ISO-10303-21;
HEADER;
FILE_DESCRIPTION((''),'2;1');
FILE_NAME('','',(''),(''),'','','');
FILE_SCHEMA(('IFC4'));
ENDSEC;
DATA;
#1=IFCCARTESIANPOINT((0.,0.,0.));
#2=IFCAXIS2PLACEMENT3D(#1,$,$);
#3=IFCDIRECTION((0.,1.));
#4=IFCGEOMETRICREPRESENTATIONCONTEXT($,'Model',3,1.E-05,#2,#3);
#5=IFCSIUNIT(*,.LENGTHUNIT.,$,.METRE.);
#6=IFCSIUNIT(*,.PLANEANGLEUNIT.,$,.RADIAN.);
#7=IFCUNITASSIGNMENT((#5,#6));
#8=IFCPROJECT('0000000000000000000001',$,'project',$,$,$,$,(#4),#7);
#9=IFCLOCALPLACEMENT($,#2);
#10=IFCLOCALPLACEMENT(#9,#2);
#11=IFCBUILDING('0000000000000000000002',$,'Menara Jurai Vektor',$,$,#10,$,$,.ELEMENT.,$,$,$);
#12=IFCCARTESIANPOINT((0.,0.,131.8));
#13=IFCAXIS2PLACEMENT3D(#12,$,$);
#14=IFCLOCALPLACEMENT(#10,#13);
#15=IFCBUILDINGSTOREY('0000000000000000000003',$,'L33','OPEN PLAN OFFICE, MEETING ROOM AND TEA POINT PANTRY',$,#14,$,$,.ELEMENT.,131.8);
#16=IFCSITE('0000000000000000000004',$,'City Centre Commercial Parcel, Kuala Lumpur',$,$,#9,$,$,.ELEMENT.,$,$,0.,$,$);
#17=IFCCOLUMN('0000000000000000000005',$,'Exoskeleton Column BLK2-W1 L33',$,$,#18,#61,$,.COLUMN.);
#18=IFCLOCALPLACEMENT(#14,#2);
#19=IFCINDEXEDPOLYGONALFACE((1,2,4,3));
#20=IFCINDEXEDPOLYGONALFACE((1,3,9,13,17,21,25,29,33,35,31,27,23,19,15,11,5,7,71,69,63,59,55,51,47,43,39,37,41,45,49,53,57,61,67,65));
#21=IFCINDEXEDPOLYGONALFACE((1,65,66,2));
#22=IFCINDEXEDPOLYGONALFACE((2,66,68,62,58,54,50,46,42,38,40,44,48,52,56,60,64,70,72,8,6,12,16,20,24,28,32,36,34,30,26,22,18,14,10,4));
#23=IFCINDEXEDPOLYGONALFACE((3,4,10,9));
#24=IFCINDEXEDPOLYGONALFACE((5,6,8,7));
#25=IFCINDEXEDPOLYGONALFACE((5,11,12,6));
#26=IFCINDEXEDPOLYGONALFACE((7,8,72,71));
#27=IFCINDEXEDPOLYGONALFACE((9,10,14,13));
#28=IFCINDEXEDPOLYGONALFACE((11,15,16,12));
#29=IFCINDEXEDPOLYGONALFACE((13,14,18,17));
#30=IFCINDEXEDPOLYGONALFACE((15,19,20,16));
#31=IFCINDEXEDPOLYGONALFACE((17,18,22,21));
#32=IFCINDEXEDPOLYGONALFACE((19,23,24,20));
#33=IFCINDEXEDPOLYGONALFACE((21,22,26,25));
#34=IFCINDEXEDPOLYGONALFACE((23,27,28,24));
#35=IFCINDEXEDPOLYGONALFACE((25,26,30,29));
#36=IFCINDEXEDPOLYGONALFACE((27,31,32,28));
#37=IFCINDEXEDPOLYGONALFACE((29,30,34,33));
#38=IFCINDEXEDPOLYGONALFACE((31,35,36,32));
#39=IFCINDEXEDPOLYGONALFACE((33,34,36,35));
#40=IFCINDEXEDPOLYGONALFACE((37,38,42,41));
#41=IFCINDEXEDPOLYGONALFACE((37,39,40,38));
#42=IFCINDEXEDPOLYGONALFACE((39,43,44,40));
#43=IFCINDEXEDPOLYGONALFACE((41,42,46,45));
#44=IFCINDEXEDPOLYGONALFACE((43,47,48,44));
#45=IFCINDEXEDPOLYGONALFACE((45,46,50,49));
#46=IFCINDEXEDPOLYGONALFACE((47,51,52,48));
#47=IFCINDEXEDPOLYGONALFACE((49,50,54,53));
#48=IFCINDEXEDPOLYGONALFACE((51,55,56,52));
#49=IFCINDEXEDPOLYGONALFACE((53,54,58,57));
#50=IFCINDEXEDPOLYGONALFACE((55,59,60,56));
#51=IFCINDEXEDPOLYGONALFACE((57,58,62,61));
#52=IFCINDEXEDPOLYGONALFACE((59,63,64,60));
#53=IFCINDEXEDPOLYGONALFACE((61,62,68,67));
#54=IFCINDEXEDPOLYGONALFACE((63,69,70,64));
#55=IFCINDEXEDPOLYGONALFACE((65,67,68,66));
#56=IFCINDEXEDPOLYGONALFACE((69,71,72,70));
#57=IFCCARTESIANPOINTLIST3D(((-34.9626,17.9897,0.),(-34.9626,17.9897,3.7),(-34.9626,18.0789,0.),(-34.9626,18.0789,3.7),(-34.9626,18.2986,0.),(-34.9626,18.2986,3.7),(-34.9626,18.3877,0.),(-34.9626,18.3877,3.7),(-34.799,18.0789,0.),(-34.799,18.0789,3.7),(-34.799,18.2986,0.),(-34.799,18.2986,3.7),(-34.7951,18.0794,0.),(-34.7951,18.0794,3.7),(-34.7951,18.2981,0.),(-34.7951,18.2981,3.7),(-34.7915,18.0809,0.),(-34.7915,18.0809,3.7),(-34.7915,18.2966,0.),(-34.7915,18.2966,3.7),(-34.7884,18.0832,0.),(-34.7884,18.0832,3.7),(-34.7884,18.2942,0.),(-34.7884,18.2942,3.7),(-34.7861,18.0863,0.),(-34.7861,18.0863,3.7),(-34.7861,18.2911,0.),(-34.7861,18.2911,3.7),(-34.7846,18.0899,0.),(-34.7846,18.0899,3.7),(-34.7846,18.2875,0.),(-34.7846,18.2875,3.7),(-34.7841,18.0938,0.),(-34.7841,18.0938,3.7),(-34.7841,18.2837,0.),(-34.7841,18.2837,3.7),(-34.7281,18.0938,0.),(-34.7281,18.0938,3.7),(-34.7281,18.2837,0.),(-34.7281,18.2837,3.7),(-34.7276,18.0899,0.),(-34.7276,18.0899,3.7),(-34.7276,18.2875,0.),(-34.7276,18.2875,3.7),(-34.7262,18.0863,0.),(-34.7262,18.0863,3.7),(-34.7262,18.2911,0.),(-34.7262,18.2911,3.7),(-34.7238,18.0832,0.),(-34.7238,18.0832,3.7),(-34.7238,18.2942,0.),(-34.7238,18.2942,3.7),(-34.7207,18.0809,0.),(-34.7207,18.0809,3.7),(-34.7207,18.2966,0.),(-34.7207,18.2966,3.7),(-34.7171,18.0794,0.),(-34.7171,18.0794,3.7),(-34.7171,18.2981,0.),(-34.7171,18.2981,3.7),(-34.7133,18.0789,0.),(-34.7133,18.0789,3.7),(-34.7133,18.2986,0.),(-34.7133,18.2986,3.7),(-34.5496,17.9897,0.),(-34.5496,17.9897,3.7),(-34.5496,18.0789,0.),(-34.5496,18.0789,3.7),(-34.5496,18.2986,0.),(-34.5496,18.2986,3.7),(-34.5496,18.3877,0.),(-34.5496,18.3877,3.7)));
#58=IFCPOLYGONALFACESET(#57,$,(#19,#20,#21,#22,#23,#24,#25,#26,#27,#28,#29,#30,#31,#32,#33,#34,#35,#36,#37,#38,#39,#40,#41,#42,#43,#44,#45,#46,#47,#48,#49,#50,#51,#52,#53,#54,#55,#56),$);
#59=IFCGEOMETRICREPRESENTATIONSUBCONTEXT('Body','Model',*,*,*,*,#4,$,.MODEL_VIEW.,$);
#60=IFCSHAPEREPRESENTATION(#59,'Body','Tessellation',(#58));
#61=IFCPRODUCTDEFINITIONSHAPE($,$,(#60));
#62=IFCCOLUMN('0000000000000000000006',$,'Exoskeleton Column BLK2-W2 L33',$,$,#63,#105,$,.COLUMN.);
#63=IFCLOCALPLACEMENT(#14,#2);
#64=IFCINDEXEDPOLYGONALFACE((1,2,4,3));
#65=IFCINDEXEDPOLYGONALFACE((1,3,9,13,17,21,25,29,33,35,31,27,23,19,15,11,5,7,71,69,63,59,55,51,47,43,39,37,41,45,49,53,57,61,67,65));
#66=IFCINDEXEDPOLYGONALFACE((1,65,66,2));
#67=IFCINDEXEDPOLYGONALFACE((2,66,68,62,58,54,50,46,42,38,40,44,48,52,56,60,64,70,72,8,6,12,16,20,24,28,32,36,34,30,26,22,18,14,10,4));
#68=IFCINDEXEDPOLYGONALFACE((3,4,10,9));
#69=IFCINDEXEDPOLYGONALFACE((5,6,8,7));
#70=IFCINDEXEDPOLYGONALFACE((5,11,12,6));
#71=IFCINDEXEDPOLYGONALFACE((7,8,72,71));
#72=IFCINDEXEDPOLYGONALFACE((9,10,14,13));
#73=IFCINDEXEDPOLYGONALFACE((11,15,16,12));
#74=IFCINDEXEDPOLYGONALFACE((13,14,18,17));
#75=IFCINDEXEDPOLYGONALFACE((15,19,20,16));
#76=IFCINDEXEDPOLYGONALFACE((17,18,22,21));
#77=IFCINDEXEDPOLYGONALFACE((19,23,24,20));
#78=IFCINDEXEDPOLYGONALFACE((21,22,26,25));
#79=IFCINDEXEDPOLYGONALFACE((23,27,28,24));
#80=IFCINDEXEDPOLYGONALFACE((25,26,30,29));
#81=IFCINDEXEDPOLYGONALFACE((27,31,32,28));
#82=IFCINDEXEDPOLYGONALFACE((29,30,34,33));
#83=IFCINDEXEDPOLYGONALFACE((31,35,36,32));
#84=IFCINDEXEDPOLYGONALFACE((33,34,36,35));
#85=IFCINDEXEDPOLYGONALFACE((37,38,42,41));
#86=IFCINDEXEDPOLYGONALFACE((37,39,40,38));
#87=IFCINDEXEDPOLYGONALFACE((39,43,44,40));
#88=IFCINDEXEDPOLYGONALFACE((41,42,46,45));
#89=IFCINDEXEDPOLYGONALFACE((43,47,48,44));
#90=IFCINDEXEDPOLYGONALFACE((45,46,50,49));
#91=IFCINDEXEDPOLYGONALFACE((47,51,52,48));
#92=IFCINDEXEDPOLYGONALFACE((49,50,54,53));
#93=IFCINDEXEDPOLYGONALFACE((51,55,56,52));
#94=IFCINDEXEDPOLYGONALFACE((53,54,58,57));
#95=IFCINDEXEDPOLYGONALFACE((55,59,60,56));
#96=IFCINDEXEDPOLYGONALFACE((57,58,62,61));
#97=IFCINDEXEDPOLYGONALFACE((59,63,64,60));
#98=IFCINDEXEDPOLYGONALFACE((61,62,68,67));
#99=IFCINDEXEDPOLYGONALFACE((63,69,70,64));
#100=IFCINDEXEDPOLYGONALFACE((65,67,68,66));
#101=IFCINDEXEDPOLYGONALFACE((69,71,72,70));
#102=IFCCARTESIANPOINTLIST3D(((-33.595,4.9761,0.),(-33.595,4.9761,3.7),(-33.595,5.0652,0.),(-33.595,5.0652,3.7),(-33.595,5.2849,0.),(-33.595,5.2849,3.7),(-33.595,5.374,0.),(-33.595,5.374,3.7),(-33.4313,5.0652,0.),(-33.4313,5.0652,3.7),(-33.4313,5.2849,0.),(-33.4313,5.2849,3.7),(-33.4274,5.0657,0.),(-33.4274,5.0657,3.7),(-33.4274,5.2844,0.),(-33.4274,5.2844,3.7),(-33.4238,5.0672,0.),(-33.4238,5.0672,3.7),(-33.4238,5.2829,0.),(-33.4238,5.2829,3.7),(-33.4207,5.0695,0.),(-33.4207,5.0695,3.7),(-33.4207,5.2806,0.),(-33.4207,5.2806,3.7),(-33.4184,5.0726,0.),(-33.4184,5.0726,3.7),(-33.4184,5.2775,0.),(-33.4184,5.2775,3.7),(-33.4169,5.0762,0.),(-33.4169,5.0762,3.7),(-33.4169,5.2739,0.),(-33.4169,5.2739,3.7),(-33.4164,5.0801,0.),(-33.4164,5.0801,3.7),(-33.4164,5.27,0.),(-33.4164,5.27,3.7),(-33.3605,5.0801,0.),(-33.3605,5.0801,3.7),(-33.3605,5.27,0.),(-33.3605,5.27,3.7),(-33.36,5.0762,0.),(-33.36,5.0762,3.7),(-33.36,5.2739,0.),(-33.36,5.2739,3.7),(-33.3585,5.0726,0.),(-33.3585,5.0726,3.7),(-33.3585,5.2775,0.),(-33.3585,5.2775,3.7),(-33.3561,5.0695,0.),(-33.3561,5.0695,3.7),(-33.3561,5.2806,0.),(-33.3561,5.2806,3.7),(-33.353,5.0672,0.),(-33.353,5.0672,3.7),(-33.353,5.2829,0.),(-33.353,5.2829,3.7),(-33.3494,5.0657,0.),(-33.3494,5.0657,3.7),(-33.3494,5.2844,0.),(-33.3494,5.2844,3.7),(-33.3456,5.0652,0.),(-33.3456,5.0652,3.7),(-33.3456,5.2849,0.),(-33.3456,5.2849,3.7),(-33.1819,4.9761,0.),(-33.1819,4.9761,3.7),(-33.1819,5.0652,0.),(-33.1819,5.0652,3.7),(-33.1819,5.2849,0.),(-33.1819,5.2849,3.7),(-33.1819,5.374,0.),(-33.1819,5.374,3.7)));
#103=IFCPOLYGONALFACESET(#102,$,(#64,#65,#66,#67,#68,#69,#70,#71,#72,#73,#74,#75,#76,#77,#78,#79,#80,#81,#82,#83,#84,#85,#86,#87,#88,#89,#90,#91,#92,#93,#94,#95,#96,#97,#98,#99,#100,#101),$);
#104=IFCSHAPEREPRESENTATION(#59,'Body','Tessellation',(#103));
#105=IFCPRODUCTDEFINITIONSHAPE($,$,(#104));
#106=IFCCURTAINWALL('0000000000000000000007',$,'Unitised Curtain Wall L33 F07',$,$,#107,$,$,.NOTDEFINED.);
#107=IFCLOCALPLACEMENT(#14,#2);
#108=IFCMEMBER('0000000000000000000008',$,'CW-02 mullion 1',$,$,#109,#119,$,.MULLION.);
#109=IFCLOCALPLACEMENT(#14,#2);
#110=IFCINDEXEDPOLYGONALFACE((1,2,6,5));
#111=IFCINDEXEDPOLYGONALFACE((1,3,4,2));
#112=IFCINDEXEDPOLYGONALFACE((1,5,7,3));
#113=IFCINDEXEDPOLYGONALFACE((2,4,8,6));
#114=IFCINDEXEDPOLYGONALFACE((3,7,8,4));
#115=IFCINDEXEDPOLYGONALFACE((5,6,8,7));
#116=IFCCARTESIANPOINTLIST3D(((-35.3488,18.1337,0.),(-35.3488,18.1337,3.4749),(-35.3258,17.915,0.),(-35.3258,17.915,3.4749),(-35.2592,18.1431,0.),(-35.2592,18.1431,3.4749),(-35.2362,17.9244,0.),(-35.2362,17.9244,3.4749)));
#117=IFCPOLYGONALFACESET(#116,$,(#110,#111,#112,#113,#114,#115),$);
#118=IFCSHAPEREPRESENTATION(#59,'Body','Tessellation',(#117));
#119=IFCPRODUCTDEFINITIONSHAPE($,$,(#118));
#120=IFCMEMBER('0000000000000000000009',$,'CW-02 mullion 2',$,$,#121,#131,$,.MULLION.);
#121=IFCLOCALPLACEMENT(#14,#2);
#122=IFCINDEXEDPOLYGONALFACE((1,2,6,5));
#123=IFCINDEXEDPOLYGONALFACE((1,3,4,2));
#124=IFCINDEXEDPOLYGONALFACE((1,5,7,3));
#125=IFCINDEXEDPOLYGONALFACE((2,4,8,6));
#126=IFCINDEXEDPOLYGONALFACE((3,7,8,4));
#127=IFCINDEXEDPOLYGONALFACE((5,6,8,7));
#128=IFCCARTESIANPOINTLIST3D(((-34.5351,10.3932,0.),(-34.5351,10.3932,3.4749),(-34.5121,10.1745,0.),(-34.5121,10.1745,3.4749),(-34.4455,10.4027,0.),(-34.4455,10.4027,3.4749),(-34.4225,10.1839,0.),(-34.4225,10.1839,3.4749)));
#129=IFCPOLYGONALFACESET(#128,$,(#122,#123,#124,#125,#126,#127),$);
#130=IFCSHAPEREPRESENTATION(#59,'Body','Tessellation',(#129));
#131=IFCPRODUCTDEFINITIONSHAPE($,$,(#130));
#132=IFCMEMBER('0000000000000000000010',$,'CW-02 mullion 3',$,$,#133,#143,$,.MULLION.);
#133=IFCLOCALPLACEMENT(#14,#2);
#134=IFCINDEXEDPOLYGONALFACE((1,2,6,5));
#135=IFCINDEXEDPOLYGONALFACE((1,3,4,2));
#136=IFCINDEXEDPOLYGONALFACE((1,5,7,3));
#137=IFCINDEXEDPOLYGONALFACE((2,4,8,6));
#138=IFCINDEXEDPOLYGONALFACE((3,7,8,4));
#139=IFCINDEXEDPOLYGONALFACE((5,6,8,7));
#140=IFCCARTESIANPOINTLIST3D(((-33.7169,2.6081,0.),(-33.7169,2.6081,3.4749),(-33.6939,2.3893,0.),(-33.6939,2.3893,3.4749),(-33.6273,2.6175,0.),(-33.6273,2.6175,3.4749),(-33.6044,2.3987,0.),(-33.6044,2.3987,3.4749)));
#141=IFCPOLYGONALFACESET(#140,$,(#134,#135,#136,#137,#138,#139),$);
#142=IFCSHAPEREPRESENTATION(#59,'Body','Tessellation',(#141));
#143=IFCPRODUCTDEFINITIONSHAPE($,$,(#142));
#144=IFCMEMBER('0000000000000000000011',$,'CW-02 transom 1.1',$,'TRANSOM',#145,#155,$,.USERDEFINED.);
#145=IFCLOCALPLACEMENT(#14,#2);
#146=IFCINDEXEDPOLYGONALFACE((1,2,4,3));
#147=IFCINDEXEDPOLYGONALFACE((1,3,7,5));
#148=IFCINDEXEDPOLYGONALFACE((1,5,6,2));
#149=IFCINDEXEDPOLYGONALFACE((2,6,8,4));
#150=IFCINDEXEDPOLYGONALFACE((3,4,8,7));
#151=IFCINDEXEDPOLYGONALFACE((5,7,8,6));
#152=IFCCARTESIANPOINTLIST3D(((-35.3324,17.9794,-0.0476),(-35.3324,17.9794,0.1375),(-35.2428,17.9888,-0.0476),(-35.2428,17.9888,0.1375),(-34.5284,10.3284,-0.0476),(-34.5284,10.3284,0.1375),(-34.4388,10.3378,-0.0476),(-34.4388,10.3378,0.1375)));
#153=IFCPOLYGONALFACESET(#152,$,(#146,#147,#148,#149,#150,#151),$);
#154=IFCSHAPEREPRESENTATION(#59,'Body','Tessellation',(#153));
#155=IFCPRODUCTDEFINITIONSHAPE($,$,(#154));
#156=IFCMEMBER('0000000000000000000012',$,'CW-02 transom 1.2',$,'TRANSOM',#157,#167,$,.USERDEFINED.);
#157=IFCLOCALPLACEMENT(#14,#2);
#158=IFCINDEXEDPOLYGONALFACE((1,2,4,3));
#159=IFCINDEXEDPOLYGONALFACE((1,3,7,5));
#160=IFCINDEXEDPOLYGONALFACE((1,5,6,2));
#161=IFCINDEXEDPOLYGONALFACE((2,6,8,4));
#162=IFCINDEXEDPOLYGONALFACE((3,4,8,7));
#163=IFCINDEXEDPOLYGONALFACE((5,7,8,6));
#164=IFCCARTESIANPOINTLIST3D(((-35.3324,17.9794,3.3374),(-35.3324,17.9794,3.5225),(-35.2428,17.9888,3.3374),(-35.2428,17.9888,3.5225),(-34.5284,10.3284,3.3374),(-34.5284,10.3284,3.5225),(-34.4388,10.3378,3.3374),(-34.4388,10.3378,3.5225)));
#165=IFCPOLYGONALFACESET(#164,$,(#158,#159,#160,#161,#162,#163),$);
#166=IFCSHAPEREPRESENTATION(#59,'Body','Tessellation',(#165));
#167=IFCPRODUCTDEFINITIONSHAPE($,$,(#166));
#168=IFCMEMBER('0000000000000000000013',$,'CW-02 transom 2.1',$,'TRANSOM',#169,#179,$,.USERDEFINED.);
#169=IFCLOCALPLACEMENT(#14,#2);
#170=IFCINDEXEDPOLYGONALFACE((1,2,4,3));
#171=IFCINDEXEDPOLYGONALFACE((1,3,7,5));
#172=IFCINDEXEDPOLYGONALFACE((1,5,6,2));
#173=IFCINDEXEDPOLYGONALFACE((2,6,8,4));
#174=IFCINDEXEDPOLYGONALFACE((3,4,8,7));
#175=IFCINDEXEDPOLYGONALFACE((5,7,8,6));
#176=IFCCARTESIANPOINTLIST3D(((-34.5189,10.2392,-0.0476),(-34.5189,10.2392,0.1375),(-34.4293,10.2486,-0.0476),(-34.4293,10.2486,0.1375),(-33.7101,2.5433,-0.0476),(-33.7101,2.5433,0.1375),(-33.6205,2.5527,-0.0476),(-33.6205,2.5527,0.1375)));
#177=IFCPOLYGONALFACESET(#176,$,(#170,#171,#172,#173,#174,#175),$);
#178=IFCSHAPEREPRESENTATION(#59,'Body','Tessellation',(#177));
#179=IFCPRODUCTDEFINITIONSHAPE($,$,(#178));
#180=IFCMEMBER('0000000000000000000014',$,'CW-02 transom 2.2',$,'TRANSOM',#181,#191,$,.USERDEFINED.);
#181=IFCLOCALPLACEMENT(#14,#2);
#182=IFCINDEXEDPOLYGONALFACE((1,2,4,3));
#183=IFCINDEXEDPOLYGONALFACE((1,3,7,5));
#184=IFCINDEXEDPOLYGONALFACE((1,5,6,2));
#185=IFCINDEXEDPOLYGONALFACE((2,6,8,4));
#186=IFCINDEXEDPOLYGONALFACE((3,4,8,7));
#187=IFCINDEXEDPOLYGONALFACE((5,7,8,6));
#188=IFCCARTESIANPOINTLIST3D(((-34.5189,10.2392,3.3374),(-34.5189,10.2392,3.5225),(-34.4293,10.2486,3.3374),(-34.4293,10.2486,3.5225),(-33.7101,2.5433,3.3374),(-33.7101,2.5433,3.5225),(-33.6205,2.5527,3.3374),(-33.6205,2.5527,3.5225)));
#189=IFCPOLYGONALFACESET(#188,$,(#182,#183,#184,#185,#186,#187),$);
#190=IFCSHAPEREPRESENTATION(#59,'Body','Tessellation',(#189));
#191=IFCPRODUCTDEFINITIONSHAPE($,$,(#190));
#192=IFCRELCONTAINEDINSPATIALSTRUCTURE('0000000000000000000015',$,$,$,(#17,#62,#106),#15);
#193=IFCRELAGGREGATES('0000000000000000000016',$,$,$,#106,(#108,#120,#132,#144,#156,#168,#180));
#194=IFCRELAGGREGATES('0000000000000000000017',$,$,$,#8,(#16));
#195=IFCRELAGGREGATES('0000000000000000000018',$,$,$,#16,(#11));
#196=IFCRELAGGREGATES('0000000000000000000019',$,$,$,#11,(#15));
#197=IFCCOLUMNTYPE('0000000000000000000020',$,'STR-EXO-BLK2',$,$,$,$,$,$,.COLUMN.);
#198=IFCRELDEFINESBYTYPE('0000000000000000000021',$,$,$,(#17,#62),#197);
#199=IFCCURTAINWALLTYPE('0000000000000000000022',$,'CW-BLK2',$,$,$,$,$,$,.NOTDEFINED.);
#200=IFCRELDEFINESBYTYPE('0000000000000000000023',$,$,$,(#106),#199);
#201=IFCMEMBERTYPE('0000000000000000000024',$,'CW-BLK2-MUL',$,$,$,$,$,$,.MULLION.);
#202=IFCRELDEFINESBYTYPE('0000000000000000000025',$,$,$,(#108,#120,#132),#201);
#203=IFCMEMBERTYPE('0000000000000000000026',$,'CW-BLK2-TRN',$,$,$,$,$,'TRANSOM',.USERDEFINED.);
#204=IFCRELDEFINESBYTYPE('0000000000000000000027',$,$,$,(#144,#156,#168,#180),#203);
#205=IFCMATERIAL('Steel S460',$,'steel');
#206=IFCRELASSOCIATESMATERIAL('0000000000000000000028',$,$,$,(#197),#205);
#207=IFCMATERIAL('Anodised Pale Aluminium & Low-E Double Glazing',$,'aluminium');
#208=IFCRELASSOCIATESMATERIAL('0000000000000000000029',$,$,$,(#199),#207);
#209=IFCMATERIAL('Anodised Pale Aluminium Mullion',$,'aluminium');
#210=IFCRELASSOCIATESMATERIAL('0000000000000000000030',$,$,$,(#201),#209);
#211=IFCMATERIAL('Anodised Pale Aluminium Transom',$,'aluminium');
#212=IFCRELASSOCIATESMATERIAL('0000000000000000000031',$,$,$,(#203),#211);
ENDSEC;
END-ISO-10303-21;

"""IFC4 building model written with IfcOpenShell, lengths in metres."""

from ifc_helpers import new_model, si_unit, direction, frame, origin, origin_2d, place, context, subcontext, project, spatial, rectangle, i_section, extrude, material, material_profile, profile_set, type_object, element, aggregate, save


model = new_model("IFC4")

# Units and contexts
model_context = context("Model", 3, precision=1e-05, world=origin(), true_north=direction((0.0, 1.0)))
body_context = subcontext(model_context, "Body", "Model", "MODEL_VIEW")
ifc_project = project(units=[si_unit("LENGTHUNIT", "METRE"), si_unit("PLANEANGLEUNIT", "RADIAN")], contexts=[model_context])

# Site, building, storey
site_placement = place(None, origin())
site = spatial("IfcSite", under=ifc_project, at=site_placement, Name="City Centre Commercial Parcel, Kuala Lumpur", CompositionType="ELEMENT", RefElevation=0.0)
building_placement = place(site_placement, origin())
building = spatial("IfcBuilding", under=site, at=building_placement, Name="Menara Jurai Vektor", CompositionType="ELEMENT")
storey_placement = place(building_placement, frame((0.0, 0.0, 131.8)))
storey = spatial("IfcBuildingStorey", under=building, at=storey_placement, Name="L33", Description="OPEN PLAN OFFICE, MEETING ROOM AND TEA POINT PANTRY", CompositionType="ELEMENT", Elevation=131.8)

# Columns
ifc_material_1 = material(Name="Steel S460", Category="steel")
ifc_material_profile_1 = material_profile(ifc_material_1, i_section(OverallWidth=0.4131, OverallDepth=0.3979, WebThickness=0.0559, FlangeThickness=0.0891, FilletRadius=0.0149, at=origin_2d()), Name="HD 400x744")
ifc_profile_set_1 = profile_set([ifc_material_profile_1], Name="Steel S460")
column_type = type_object("IfcColumnType", Name="STR-EXO-BLK2", PredefinedType="COLUMN", material=ifc_profile_set_1)
for number, where, z_axis, x_axis, name in (
    (1, (-34.7561, 18.1887, 0.0), (0.0, 0.0, 1.0), (1.0, 0.0, 0.0), "Exoskeleton Column BLK2-W1 L33"),
    (2, (-33.3884, 5.175, 0.0), (0.0, 0.0, 1.0), (1.0, 0.0, 0.0), "Exoskeleton Column BLK2-W2 L33"),
):
    element("IfcColumn", number, at=place(storey_placement, frame(where, z_axis=z_axis, x_axis=x_axis)), inside=storey, type_object=column_type, Name=name, PredefinedType="COLUMN", context=body_context, shape_type="SweptSolid", body=[
        extrude(i_section(OverallWidth=0.4131, OverallDepth=0.3979, WebThickness=0.0559, FlangeThickness=0.0891, FilletRadius=0.0149, at=origin_2d()), origin(), (0.0, 0.0, 1.0), 3.7),
    ])

# Curtain wall, members
ifc_material_2 = material(Name="Anodised Pale Aluminium & Low-E Double Glazing", Category="aluminium")
curtain_wall_type = type_object("IfcCurtainWallType", Name="CW-BLK2", PredefinedType="NOTDEFINED", material=ifc_material_2)
curtain_wall_placement = place(storey_placement, origin())
curtain_wall = element("IfcCurtainWall", 3, at=curtain_wall_placement, inside=storey, type_object=curtain_wall_type, Name="Unitised Curtain Wall L33 F07", PredefinedType="NOTDEFINED")
ifc_material_3 = material(Name="Anodised Pale Aluminium Mullion", Category="aluminium")
ifc_material_profile_2 = material_profile(ifc_material_3, rectangle(XDim=0.0901, YDim=0.22, at=origin_2d()), Name="ALU MUL 90x220")
ifc_profile_set_2 = profile_set([ifc_material_profile_2], Name="Anodised Pale Aluminium Mullion")
member_type_1 = type_object("IfcMemberType", Name="CW-BLK2-MUL", PredefinedType="MULLION", material=ifc_profile_set_2)
member_1_placement = place(storey_placement, frame((-35.2925, 18.0291, 0.0), z_axis=(0.0, 0.0, 1.0), x_axis=(0.994522, 0.10453, 0.0)))
member_1 = element("IfcMember", 4, at=member_1_placement, type_object=member_type_1, Name="CW-02 mullion 1", PredefinedType="MULLION", context=body_context, shape_type="SweptSolid", body=[
    extrude(rectangle(XDim=0.0901, YDim=0.22, at=origin_2d()), origin(), (0.0, 0.0, 1.0), 3.4749),
])
member_2_placement = place(storey_placement, frame((-34.4788, 10.2886, 0.0), z_axis=(0.0, 0.0, 1.0), x_axis=(0.994522, 0.10453, 0.0)))
member_2 = element("IfcMember", 5, at=member_2_placement, type_object=member_type_1, Name="CW-02 mullion 2", PredefinedType="MULLION", context=body_context, shape_type="SweptSolid", body=[
    extrude(rectangle(XDim=0.0901, YDim=0.22, at=origin_2d()), origin(), (0.0, 0.0, 1.0), 3.4749),
])
member_3_placement = place(storey_placement, frame((-33.6606, 2.5034, 0.0), z_axis=(0.0, 0.0, 1.0), x_axis=(0.994522, 0.10453, 0.0)))
member_3 = element("IfcMember", 6, at=member_3_placement, type_object=member_type_1, Name="CW-02 mullion 3", PredefinedType="MULLION", context=body_context, shape_type="SweptSolid", body=[
    extrude(rectangle(XDim=0.0901, YDim=0.22, at=origin_2d()), origin(), (0.0, 0.0, 1.0), 3.4749),
])
ifc_material_4 = material(Name="Anodised Pale Aluminium Transom", Category="aluminium")
ifc_material_profile_3 = material_profile(ifc_material_4, rectangle(XDim=0.0901, YDim=0.1851, at=origin_2d()), Name="ALU TRN 90x185")
ifc_profile_set_3 = profile_set([ifc_material_profile_3], Name="Anodised Pale Aluminium Transom")
member_type_2 = type_object("IfcMemberType", Name="CW-BLK2-TRN", ElementType="TRANSOM", PredefinedType="USERDEFINED", material=ifc_profile_set_3)
member_4_placement = place(storey_placement, frame((-35.2876, 17.9841, 0.0449), z_axis=(0.104505, -0.994524, 0.0), x_axis=(0.994524, 0.104505, 0.0)))
member_4 = element("IfcMember", 7, at=member_4_placement, type_object=member_type_2, Name="CW-02 transom 1.1", ObjectType="TRANSOM", PredefinedType="USERDEFINED", context=body_context, shape_type="SweptSolid", body=[
    extrude(rectangle(XDim=0.0901, YDim=0.1851, at=origin_2d()), origin(), (0.0, 0.0, 1.0), 7.6931),
])
member_5_placement = place(storey_placement, frame((-35.2876, 17.9841, 3.4299), z_axis=(0.104505, -0.994524, 0.0), x_axis=(0.994524, 0.104505, 0.0)))
member_5 = element("IfcMember", 8, at=member_5_placement, type_object=member_type_2, Name="CW-02 transom 1.2", ObjectType="TRANSOM", PredefinedType="USERDEFINED", context=body_context, shape_type="SweptSolid", body=[
    extrude(rectangle(XDim=0.0901, YDim=0.1851, at=origin_2d()), origin(), (0.0, 0.0, 1.0), 7.6931),
])
member_6_placement = place(storey_placement, frame((-34.4741, 10.2439, 0.0449), z_axis=(0.104525, -0.994522, 0.0), x_axis=(0.994522, 0.104525, 0.0)))
member_6 = element("IfcMember", 9, at=member_6_placement, type_object=member_type_2, Name="CW-02 transom 2.1", ObjectType="TRANSOM", PredefinedType="USERDEFINED", context=body_context, shape_type="SweptSolid", body=[
    extrude(rectangle(XDim=0.0901, YDim=0.1851, at=origin_2d()), origin(), (0.0, 0.0, 1.0), 7.7383),
])
member_7_placement = place(storey_placement, frame((-34.4741, 10.2439, 3.4299), z_axis=(0.104525, -0.994522, 0.0), x_axis=(0.994522, 0.104525, 0.0)))
member_7 = element("IfcMember", 10, at=member_7_placement, type_object=member_type_2, Name="CW-02 transom 2.2", ObjectType="TRANSOM", PredefinedType="USERDEFINED", context=body_context, shape_type="SweptSolid", body=[
    extrude(rectangle(XDim=0.0901, YDim=0.1851, at=origin_2d()), origin(), (0.0, 0.0, 1.0), 7.7383),
])

aggregate(curtain_wall, [member_1, member_2, member_3, member_4, member_5, member_6, member_7])

save(model, "model.ifc")
